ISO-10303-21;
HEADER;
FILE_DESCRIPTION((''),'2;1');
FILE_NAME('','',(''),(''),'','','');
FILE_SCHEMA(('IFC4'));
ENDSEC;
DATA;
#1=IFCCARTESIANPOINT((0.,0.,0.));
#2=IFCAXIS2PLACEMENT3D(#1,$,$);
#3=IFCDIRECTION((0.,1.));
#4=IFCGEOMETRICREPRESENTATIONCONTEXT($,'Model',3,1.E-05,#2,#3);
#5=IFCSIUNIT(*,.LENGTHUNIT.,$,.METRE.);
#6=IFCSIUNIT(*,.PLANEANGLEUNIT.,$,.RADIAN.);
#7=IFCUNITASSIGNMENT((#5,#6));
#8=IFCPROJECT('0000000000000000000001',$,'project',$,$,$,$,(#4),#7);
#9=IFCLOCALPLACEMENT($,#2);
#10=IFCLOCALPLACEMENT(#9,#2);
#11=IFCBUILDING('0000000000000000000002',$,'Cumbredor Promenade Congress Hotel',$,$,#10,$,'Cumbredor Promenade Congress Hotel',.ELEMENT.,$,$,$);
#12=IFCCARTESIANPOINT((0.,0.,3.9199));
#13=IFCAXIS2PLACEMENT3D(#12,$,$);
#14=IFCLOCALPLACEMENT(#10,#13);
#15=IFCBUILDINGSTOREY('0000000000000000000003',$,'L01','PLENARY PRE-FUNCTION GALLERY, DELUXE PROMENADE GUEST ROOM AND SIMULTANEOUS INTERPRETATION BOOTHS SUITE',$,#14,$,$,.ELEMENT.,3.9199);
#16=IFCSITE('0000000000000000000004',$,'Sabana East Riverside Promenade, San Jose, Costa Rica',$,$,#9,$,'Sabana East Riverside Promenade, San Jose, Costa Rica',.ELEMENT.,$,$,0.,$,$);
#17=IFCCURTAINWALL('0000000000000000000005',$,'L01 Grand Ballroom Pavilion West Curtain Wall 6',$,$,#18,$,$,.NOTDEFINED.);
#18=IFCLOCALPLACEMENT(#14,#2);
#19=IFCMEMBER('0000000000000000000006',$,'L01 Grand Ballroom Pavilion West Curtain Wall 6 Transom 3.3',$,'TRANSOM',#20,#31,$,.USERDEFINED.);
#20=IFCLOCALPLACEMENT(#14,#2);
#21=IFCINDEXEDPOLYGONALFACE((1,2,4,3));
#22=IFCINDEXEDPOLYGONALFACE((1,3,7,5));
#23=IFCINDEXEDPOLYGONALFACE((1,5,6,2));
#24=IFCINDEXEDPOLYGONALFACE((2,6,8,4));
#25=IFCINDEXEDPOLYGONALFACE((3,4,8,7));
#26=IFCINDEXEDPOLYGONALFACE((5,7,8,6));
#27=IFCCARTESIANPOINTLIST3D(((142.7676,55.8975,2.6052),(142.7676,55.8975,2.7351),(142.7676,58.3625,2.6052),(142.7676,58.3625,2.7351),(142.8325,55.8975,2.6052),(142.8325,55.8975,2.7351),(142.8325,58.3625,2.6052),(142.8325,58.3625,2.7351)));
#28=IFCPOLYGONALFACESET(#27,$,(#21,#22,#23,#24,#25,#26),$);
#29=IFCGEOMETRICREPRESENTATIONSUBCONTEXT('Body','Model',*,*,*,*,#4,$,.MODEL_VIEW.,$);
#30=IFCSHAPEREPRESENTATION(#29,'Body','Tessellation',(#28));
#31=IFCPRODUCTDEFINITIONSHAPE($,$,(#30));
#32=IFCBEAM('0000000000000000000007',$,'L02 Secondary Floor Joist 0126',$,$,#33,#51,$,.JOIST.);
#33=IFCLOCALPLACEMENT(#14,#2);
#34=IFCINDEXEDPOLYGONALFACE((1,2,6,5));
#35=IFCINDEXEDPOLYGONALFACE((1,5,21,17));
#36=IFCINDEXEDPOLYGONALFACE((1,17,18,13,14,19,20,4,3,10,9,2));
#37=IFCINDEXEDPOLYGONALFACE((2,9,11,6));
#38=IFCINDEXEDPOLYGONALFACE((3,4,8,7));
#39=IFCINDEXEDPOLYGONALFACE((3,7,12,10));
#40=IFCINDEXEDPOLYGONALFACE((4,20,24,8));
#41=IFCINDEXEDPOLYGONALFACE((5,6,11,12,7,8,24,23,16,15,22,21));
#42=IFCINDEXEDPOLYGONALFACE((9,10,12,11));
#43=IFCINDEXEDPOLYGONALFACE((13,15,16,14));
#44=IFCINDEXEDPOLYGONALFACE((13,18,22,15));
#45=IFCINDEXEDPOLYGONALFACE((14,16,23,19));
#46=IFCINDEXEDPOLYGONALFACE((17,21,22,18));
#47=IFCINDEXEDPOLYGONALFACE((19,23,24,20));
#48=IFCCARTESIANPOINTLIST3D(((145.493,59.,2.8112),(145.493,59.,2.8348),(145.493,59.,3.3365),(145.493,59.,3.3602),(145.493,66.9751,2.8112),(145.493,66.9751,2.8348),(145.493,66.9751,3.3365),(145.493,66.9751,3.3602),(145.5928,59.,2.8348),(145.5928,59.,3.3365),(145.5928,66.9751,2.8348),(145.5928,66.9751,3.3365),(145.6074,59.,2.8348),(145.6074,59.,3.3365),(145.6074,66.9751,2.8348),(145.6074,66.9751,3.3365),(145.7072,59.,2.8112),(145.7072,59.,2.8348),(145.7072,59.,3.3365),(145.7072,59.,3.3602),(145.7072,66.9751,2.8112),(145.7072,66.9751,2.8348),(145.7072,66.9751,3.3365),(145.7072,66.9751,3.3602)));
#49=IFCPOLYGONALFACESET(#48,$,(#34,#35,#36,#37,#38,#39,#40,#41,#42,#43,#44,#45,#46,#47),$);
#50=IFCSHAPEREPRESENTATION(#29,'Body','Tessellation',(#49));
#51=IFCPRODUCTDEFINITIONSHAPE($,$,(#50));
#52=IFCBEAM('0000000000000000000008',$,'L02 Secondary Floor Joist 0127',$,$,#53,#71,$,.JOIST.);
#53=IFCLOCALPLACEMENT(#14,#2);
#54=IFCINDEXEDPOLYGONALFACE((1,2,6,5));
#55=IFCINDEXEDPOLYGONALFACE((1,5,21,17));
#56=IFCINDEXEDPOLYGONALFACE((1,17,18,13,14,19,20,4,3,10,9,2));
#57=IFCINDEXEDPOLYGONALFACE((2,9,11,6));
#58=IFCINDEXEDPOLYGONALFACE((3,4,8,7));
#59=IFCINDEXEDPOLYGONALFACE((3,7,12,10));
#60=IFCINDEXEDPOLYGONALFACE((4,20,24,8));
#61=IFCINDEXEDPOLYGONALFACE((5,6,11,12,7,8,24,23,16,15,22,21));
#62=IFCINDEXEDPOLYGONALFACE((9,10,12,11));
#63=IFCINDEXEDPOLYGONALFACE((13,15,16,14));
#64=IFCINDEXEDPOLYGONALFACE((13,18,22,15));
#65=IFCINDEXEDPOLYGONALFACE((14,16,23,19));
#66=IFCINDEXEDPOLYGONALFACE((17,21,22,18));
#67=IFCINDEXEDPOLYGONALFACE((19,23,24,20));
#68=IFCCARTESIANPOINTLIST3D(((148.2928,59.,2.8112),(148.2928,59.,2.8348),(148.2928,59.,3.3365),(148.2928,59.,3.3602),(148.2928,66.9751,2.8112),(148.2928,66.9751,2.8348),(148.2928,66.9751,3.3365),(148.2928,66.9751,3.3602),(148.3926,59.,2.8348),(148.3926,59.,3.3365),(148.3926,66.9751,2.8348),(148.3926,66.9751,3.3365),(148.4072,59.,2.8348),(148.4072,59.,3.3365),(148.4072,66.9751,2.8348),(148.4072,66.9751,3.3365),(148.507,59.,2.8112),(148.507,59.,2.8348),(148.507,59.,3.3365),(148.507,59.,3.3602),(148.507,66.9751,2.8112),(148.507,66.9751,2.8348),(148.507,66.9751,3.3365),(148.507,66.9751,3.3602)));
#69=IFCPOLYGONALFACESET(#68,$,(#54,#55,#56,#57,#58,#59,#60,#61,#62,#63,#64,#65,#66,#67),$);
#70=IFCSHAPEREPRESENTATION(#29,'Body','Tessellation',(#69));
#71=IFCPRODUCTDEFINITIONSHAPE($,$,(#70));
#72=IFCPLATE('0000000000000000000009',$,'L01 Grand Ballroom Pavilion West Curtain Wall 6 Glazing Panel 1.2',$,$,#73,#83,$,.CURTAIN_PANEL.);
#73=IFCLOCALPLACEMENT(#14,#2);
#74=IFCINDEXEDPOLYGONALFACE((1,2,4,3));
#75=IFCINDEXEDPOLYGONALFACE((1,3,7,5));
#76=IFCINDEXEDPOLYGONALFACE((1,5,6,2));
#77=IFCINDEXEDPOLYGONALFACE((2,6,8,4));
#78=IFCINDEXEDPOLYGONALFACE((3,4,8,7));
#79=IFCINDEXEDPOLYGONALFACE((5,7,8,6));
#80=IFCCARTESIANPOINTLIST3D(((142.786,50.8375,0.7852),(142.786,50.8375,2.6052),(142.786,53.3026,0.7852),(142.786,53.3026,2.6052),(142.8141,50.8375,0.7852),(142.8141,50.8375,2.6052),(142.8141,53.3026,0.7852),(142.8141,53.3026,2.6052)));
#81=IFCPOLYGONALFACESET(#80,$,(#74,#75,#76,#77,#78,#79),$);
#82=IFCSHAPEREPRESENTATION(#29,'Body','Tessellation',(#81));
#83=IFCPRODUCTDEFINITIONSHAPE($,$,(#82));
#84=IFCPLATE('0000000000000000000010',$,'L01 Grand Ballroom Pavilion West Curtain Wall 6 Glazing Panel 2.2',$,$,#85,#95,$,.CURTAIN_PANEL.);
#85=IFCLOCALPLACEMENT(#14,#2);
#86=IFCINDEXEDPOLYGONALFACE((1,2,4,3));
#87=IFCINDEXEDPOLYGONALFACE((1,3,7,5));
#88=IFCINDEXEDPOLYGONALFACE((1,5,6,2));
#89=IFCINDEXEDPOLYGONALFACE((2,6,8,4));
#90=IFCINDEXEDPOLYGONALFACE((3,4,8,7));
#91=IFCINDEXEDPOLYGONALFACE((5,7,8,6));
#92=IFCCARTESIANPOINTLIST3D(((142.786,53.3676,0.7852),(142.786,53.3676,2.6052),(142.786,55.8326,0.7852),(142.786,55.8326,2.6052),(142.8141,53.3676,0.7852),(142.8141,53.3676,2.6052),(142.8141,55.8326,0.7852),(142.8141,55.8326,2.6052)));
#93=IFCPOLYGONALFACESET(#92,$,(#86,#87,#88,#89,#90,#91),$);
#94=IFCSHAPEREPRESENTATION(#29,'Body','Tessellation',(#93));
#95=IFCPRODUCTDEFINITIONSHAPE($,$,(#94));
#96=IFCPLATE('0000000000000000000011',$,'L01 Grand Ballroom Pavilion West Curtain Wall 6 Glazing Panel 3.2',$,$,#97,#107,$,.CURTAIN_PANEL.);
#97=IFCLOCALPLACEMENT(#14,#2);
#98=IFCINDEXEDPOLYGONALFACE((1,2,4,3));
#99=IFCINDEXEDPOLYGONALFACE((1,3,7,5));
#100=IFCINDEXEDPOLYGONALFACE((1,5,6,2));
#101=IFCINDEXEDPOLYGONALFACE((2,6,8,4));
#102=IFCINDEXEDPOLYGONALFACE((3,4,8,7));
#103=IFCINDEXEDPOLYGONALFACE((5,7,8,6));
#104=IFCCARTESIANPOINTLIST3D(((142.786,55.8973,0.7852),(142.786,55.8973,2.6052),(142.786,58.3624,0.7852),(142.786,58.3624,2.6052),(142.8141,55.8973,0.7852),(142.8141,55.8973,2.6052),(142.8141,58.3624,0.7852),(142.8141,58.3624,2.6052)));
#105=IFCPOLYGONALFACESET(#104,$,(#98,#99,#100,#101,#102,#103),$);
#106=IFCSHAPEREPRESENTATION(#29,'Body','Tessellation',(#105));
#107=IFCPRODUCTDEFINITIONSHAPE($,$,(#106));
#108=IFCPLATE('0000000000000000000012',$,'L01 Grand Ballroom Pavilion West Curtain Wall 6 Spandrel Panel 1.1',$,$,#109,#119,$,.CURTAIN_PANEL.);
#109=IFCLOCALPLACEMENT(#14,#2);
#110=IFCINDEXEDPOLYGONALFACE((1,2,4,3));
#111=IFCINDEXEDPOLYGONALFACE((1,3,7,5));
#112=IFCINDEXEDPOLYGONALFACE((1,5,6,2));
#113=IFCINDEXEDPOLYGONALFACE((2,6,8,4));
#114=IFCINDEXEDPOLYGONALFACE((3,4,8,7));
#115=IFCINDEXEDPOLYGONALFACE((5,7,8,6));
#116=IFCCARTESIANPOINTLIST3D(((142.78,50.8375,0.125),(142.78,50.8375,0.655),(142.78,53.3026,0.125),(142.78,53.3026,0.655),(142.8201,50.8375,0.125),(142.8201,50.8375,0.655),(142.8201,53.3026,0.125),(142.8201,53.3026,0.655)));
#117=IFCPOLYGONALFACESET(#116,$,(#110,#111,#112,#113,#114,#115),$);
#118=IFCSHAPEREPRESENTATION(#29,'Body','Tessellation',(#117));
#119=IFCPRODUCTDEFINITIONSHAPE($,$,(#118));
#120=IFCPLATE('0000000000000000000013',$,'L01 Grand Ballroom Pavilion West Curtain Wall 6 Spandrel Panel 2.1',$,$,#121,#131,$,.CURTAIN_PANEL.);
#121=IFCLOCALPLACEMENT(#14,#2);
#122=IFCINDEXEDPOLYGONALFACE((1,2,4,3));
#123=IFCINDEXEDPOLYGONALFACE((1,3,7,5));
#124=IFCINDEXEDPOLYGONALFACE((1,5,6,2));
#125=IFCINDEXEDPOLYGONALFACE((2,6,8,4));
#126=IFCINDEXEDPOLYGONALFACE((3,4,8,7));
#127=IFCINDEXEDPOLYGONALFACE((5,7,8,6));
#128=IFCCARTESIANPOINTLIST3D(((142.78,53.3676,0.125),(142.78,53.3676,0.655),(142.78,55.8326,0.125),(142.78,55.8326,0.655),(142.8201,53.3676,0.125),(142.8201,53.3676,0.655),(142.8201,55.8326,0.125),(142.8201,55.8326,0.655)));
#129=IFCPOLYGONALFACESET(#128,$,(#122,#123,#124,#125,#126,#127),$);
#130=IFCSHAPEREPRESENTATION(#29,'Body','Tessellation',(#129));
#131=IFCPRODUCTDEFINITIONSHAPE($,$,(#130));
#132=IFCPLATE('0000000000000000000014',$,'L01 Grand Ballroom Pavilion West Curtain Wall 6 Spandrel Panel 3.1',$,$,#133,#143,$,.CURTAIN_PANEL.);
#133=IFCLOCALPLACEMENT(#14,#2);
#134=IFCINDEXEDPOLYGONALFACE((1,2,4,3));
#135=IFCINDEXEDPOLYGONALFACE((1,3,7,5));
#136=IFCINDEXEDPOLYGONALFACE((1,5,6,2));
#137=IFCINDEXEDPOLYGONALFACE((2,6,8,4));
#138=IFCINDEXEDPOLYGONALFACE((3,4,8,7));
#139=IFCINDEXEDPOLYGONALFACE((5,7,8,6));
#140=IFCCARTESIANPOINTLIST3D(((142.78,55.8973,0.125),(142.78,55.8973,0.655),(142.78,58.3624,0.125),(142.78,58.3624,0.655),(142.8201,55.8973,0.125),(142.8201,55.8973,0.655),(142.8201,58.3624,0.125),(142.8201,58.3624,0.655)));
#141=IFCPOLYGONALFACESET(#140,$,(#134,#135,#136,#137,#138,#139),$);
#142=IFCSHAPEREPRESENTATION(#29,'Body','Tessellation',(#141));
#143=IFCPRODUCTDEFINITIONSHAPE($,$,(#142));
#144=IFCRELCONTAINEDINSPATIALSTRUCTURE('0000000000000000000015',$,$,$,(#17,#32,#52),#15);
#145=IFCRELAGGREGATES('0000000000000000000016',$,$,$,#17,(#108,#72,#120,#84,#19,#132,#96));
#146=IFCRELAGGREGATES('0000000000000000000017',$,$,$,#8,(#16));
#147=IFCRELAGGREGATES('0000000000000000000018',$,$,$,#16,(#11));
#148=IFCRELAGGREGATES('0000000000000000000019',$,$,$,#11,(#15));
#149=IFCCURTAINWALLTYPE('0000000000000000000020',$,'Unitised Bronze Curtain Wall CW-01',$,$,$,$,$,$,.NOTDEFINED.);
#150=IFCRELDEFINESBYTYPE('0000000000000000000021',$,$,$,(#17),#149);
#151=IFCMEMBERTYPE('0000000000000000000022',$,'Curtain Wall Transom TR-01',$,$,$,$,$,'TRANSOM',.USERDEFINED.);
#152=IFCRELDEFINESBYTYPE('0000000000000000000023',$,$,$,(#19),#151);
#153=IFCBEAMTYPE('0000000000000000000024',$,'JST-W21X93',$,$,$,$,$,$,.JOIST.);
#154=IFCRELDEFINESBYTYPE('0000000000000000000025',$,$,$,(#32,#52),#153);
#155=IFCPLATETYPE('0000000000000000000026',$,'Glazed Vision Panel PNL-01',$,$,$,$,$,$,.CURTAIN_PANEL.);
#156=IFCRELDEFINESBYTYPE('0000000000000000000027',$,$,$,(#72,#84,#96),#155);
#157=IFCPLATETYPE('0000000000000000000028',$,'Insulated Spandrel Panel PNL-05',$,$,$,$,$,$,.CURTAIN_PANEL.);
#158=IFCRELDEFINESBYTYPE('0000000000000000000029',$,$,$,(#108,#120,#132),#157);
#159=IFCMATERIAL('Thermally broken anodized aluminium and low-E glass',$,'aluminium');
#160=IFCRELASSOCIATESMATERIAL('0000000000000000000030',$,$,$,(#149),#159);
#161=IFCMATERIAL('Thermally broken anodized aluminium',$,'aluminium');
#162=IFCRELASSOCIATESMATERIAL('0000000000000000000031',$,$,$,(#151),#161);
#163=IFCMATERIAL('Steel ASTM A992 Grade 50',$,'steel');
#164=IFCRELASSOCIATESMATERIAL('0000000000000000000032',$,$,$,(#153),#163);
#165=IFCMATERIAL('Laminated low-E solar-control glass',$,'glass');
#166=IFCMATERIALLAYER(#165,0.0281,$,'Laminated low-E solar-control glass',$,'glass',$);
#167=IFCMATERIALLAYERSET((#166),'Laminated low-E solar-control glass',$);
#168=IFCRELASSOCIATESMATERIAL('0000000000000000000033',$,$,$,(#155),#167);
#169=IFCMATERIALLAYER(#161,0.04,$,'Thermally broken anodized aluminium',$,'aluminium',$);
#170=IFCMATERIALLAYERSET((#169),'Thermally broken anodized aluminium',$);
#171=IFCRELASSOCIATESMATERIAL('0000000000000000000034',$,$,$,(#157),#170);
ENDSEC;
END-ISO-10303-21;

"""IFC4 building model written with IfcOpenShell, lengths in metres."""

from ifc_helpers import new_model, si_unit, direction, frame, origin, origin_2d, place, context, subcontext, project, spatial, rectangle, i_section, extrude, material, layer, layer_set, material_profile, profile_set, type_object, element, aggregate, save


model = new_model("IFC4")

# Units and contexts
model_context = context("Model", 3, precision=1e-05, world=origin(), true_north=direction((0.0, 1.0)))
body_context = subcontext(model_context, "Body", "Model", "MODEL_VIEW")
ifc_project = project(units=[si_unit("LENGTHUNIT", "METRE"), si_unit("PLANEANGLEUNIT", "RADIAN")], contexts=[model_context])

# Site, building, storey
site_placement = place(None, origin())
site = spatial("IfcSite", under=ifc_project, at=site_placement, Name="Sabana East Riverside Promenade, San Jose, Costa Rica", LongName="Sabana East Riverside Promenade, San Jose, Costa Rica", CompositionType="ELEMENT", RefElevation=0.0)
building_placement = place(site_placement, origin())
building = spatial("IfcBuilding", under=site, at=building_placement, Name="Cumbredor Promenade Congress Hotel", LongName="Cumbredor Promenade Congress Hotel", CompositionType="ELEMENT")
storey_placement = place(building_placement, frame((0.0, 0.0, 3.9199)))
storey = spatial("IfcBuildingStorey", under=building, at=storey_placement, Name="L01", Description="PLENARY PRE-FUNCTION GALLERY, DELUXE PROMENADE GUEST ROOM AND SIMULTANEOUS INTERPRETATION BOOTHS SUITE", CompositionType="ELEMENT", Elevation=3.9199)

# Shared definitions
ifc_material_1 = material(Name="Steel ASTM A992 Grade 50", Category="steel")

# Curtain wall, member
ifc_material_2 = material(Name="Thermally broken anodized aluminium and low-E glass", Category="aluminium")
curtain_wall_type = type_object("IfcCurtainWallType", Name="Unitised Bronze Curtain Wall CW-01", PredefinedType="NOTDEFINED", material=ifc_material_2)
curtain_wall_placement = place(storey_placement, origin())
curtain_wall = element("IfcCurtainWall", 1, at=curtain_wall_placement, inside=storey, type_object=curtain_wall_type, Name="L01 Grand Ballroom Pavilion West Curtain Wall 6", PredefinedType="NOTDEFINED")
ifc_material_3 = material(Name="Thermally broken anodized aluminium", Category="aluminium")
ifc_material_profile_1 = material_profile(ifc_material_3, rectangle(XDim=0.0649, YDim=0.1299, at=origin_2d()), Name="ALU TRANSOM 65x130")
ifc_profile_set_1 = profile_set([ifc_material_profile_1], Name="Thermally broken anodized aluminium")
member_type_1 = type_object("IfcMemberType", Name="Curtain Wall Transom TR-01", ElementType="TRANSOM", PredefinedType="USERDEFINED", material=ifc_profile_set_1)
member_1_placement = place(storey_placement, frame((142.8, 55.8975, 2.6702), z_axis=(0.0, 1.0, 0.0), x_axis=(-1.0, 0.0, 0.0)))
member_1 = element("IfcMember", 2, at=member_1_placement, type_object=member_type_1, Name="L01 Grand Ballroom Pavilion West Curtain Wall 6 Transom 3.3", ObjectType="TRANSOM", PredefinedType="USERDEFINED", context=body_context, shape_type="SweptSolid", body=[
    extrude(rectangle(XDim=0.0649, YDim=0.1299, at=origin_2d()), origin(), (0.0, 0.0, 1.0), 2.4651),
])

# Beams
ifc_material_profile_2 = material_profile(ifc_material_1, i_section(OverallWidth=0.2141, OverallDepth=0.5491, WebThickness=0.0146, FlangeThickness=0.0237, at=origin_2d()), Name="W21X93")
ifc_profile_set_2 = profile_set([ifc_material_profile_2], Name="Steel ASTM A992 Grade 50")
beam_type_1 = type_object("IfcBeamType", Name="JST-W21X93", PredefinedType="JOIST", material=ifc_profile_set_2)
for number, where, z_axis, x_axis, name in (
    (3, (145.6001, 59.0, 3.0857), (0.0, 1.0, 0.0), (-1.0, 0.0, 0.0), "L02 Secondary Floor Joist 0126"),
    (4, (148.3999, 59.0, 3.0857), (0.0, 1.0, 0.0), (-1.0, 0.0, 0.0), "L02 Secondary Floor Joist 0127"),
):
    element("IfcBeam", number, at=place(storey_placement, frame(where, z_axis=z_axis, x_axis=x_axis)), inside=storey, type_object=beam_type_1, Name=name, PredefinedType="JOIST", context=body_context, shape_type="SweptSolid", body=[
        extrude(i_section(OverallWidth=0.2141, OverallDepth=0.5491, WebThickness=0.0146, FlangeThickness=0.0237, at=origin_2d()), origin(), (0.0, 0.0, 1.0), 7.9751),
    ])

# Plates
ifc_material_4 = material(Name="Laminated low-E solar-control glass", Category="glass")
ifc_layer_1 = layer(ifc_material_4, 0.0281, Name="Laminated low-E solar-control glass", Category="glass")
ifc_layer_set_1 = layer_set([ifc_layer_1], Name="Laminated low-E solar-control glass")
plate_type_1 = type_object("IfcPlateType", Name="Glazed Vision Panel PNL-01", PredefinedType="CURTAIN_PANEL", material=ifc_layer_set_1)
plate_1_placement = place(storey_placement, frame((142.8, 52.0701, 0.7852), z_axis=(0.0, 0.0, 1.0), x_axis=(0.0, 1.0, 0.0)))
plate_1 = element("IfcPlate", 5, at=plate_1_placement, type_object=plate_type_1, Name="L01 Grand Ballroom Pavilion West Curtain Wall 6 Glazing Panel 1.2", PredefinedType="CURTAIN_PANEL", context=body_context, shape_type="SweptSolid", body=[
    extrude(rectangle(XDim=2.4651, YDim=0.0281, at=origin_2d()), origin(), (0.0, 0.0, 1.0), 1.8201),
])
plate_2_placement = place(storey_placement, frame((142.8, 54.6001, 0.7852), z_axis=(0.0, 0.0, 1.0), x_axis=(0.0, 1.0, 0.0)))
plate_2 = element("IfcPlate", 6, at=plate_2_placement, type_object=plate_type_1, Name="L01 Grand Ballroom Pavilion West Curtain Wall 6 Glazing Panel 2.2", PredefinedType="CURTAIN_PANEL", context=body_context, shape_type="SweptSolid", body=[
    extrude(rectangle(XDim=2.4651, YDim=0.0281, at=origin_2d()), origin(), (0.0, 0.0, 1.0), 1.8201),
])
plate_3_placement = place(storey_placement, frame((142.8, 57.1299, 0.7852), z_axis=(0.0, 0.0, 1.0), x_axis=(0.0, 1.0, 0.0)))
plate_3 = element("IfcPlate", 7, at=plate_3_placement, type_object=plate_type_1, Name="L01 Grand Ballroom Pavilion West Curtain Wall 6 Glazing Panel 3.2", PredefinedType="CURTAIN_PANEL", context=body_context, shape_type="SweptSolid", body=[
    extrude(rectangle(XDim=2.4651, YDim=0.0281, at=origin_2d()), origin(), (0.0, 0.0, 1.0), 1.8201),
])
ifc_layer_2 = layer(ifc_material_3, 0.04, Name="Thermally broken anodized aluminium", Category="aluminium")
ifc_layer_set_2 = layer_set([ifc_layer_2], Name="Thermally broken anodized aluminium")
plate_type_2 = type_object("IfcPlateType", Name="Insulated Spandrel Panel PNL-05", PredefinedType="CURTAIN_PANEL", material=ifc_layer_set_2)
plate_4_placement = place(storey_placement, frame((142.8, 52.0701, 0.125), z_axis=(0.0, 0.0, 1.0), x_axis=(0.0, 1.0, 0.0)))
plate_4 = element("IfcPlate", 8, at=plate_4_placement, type_object=plate_type_2, Name="L01 Grand Ballroom Pavilion West Curtain Wall 6 Spandrel Panel 1.1", PredefinedType="CURTAIN_PANEL", context=body_context, shape_type="SweptSolid", body=[
    extrude(rectangle(XDim=2.4651, YDim=0.04, at=origin_2d()), origin(), (0.0, 0.0, 1.0), 0.53),
])
plate_5_placement = place(storey_placement, frame((142.8, 54.6001, 0.125), z_axis=(0.0, 0.0, 1.0), x_axis=(0.0, 1.0, 0.0)))
plate_5 = element("IfcPlate", 9, at=plate_5_placement, type_object=plate_type_2, Name="L01 Grand Ballroom Pavilion West Curtain Wall 6 Spandrel Panel 2.1", PredefinedType="CURTAIN_PANEL", context=body_context, shape_type="SweptSolid", body=[
    extrude(rectangle(XDim=2.4651, YDim=0.04, at=origin_2d()), origin(), (0.0, 0.0, 1.0), 0.53),
])
plate_6_placement = place(storey_placement, frame((142.8, 57.1299, 0.125), z_axis=(0.0, 0.0, 1.0), x_axis=(0.0, 1.0, 0.0)))
plate_6 = element("IfcPlate", 10, at=plate_6_placement, type_object=plate_type_2, Name="L01 Grand Ballroom Pavilion West Curtain Wall 6 Spandrel Panel 3.1", PredefinedType="CURTAIN_PANEL", context=body_context, shape_type="SweptSolid", body=[
    extrude(rectangle(XDim=2.4651, YDim=0.04, at=origin_2d()), origin(), (0.0, 0.0, 1.0), 0.53),
])
aggregate(curtain_wall, [plate_4, plate_1, plate_5, plate_2, member_1, plate_6, plate_3])

save(model, "model.ifc")
